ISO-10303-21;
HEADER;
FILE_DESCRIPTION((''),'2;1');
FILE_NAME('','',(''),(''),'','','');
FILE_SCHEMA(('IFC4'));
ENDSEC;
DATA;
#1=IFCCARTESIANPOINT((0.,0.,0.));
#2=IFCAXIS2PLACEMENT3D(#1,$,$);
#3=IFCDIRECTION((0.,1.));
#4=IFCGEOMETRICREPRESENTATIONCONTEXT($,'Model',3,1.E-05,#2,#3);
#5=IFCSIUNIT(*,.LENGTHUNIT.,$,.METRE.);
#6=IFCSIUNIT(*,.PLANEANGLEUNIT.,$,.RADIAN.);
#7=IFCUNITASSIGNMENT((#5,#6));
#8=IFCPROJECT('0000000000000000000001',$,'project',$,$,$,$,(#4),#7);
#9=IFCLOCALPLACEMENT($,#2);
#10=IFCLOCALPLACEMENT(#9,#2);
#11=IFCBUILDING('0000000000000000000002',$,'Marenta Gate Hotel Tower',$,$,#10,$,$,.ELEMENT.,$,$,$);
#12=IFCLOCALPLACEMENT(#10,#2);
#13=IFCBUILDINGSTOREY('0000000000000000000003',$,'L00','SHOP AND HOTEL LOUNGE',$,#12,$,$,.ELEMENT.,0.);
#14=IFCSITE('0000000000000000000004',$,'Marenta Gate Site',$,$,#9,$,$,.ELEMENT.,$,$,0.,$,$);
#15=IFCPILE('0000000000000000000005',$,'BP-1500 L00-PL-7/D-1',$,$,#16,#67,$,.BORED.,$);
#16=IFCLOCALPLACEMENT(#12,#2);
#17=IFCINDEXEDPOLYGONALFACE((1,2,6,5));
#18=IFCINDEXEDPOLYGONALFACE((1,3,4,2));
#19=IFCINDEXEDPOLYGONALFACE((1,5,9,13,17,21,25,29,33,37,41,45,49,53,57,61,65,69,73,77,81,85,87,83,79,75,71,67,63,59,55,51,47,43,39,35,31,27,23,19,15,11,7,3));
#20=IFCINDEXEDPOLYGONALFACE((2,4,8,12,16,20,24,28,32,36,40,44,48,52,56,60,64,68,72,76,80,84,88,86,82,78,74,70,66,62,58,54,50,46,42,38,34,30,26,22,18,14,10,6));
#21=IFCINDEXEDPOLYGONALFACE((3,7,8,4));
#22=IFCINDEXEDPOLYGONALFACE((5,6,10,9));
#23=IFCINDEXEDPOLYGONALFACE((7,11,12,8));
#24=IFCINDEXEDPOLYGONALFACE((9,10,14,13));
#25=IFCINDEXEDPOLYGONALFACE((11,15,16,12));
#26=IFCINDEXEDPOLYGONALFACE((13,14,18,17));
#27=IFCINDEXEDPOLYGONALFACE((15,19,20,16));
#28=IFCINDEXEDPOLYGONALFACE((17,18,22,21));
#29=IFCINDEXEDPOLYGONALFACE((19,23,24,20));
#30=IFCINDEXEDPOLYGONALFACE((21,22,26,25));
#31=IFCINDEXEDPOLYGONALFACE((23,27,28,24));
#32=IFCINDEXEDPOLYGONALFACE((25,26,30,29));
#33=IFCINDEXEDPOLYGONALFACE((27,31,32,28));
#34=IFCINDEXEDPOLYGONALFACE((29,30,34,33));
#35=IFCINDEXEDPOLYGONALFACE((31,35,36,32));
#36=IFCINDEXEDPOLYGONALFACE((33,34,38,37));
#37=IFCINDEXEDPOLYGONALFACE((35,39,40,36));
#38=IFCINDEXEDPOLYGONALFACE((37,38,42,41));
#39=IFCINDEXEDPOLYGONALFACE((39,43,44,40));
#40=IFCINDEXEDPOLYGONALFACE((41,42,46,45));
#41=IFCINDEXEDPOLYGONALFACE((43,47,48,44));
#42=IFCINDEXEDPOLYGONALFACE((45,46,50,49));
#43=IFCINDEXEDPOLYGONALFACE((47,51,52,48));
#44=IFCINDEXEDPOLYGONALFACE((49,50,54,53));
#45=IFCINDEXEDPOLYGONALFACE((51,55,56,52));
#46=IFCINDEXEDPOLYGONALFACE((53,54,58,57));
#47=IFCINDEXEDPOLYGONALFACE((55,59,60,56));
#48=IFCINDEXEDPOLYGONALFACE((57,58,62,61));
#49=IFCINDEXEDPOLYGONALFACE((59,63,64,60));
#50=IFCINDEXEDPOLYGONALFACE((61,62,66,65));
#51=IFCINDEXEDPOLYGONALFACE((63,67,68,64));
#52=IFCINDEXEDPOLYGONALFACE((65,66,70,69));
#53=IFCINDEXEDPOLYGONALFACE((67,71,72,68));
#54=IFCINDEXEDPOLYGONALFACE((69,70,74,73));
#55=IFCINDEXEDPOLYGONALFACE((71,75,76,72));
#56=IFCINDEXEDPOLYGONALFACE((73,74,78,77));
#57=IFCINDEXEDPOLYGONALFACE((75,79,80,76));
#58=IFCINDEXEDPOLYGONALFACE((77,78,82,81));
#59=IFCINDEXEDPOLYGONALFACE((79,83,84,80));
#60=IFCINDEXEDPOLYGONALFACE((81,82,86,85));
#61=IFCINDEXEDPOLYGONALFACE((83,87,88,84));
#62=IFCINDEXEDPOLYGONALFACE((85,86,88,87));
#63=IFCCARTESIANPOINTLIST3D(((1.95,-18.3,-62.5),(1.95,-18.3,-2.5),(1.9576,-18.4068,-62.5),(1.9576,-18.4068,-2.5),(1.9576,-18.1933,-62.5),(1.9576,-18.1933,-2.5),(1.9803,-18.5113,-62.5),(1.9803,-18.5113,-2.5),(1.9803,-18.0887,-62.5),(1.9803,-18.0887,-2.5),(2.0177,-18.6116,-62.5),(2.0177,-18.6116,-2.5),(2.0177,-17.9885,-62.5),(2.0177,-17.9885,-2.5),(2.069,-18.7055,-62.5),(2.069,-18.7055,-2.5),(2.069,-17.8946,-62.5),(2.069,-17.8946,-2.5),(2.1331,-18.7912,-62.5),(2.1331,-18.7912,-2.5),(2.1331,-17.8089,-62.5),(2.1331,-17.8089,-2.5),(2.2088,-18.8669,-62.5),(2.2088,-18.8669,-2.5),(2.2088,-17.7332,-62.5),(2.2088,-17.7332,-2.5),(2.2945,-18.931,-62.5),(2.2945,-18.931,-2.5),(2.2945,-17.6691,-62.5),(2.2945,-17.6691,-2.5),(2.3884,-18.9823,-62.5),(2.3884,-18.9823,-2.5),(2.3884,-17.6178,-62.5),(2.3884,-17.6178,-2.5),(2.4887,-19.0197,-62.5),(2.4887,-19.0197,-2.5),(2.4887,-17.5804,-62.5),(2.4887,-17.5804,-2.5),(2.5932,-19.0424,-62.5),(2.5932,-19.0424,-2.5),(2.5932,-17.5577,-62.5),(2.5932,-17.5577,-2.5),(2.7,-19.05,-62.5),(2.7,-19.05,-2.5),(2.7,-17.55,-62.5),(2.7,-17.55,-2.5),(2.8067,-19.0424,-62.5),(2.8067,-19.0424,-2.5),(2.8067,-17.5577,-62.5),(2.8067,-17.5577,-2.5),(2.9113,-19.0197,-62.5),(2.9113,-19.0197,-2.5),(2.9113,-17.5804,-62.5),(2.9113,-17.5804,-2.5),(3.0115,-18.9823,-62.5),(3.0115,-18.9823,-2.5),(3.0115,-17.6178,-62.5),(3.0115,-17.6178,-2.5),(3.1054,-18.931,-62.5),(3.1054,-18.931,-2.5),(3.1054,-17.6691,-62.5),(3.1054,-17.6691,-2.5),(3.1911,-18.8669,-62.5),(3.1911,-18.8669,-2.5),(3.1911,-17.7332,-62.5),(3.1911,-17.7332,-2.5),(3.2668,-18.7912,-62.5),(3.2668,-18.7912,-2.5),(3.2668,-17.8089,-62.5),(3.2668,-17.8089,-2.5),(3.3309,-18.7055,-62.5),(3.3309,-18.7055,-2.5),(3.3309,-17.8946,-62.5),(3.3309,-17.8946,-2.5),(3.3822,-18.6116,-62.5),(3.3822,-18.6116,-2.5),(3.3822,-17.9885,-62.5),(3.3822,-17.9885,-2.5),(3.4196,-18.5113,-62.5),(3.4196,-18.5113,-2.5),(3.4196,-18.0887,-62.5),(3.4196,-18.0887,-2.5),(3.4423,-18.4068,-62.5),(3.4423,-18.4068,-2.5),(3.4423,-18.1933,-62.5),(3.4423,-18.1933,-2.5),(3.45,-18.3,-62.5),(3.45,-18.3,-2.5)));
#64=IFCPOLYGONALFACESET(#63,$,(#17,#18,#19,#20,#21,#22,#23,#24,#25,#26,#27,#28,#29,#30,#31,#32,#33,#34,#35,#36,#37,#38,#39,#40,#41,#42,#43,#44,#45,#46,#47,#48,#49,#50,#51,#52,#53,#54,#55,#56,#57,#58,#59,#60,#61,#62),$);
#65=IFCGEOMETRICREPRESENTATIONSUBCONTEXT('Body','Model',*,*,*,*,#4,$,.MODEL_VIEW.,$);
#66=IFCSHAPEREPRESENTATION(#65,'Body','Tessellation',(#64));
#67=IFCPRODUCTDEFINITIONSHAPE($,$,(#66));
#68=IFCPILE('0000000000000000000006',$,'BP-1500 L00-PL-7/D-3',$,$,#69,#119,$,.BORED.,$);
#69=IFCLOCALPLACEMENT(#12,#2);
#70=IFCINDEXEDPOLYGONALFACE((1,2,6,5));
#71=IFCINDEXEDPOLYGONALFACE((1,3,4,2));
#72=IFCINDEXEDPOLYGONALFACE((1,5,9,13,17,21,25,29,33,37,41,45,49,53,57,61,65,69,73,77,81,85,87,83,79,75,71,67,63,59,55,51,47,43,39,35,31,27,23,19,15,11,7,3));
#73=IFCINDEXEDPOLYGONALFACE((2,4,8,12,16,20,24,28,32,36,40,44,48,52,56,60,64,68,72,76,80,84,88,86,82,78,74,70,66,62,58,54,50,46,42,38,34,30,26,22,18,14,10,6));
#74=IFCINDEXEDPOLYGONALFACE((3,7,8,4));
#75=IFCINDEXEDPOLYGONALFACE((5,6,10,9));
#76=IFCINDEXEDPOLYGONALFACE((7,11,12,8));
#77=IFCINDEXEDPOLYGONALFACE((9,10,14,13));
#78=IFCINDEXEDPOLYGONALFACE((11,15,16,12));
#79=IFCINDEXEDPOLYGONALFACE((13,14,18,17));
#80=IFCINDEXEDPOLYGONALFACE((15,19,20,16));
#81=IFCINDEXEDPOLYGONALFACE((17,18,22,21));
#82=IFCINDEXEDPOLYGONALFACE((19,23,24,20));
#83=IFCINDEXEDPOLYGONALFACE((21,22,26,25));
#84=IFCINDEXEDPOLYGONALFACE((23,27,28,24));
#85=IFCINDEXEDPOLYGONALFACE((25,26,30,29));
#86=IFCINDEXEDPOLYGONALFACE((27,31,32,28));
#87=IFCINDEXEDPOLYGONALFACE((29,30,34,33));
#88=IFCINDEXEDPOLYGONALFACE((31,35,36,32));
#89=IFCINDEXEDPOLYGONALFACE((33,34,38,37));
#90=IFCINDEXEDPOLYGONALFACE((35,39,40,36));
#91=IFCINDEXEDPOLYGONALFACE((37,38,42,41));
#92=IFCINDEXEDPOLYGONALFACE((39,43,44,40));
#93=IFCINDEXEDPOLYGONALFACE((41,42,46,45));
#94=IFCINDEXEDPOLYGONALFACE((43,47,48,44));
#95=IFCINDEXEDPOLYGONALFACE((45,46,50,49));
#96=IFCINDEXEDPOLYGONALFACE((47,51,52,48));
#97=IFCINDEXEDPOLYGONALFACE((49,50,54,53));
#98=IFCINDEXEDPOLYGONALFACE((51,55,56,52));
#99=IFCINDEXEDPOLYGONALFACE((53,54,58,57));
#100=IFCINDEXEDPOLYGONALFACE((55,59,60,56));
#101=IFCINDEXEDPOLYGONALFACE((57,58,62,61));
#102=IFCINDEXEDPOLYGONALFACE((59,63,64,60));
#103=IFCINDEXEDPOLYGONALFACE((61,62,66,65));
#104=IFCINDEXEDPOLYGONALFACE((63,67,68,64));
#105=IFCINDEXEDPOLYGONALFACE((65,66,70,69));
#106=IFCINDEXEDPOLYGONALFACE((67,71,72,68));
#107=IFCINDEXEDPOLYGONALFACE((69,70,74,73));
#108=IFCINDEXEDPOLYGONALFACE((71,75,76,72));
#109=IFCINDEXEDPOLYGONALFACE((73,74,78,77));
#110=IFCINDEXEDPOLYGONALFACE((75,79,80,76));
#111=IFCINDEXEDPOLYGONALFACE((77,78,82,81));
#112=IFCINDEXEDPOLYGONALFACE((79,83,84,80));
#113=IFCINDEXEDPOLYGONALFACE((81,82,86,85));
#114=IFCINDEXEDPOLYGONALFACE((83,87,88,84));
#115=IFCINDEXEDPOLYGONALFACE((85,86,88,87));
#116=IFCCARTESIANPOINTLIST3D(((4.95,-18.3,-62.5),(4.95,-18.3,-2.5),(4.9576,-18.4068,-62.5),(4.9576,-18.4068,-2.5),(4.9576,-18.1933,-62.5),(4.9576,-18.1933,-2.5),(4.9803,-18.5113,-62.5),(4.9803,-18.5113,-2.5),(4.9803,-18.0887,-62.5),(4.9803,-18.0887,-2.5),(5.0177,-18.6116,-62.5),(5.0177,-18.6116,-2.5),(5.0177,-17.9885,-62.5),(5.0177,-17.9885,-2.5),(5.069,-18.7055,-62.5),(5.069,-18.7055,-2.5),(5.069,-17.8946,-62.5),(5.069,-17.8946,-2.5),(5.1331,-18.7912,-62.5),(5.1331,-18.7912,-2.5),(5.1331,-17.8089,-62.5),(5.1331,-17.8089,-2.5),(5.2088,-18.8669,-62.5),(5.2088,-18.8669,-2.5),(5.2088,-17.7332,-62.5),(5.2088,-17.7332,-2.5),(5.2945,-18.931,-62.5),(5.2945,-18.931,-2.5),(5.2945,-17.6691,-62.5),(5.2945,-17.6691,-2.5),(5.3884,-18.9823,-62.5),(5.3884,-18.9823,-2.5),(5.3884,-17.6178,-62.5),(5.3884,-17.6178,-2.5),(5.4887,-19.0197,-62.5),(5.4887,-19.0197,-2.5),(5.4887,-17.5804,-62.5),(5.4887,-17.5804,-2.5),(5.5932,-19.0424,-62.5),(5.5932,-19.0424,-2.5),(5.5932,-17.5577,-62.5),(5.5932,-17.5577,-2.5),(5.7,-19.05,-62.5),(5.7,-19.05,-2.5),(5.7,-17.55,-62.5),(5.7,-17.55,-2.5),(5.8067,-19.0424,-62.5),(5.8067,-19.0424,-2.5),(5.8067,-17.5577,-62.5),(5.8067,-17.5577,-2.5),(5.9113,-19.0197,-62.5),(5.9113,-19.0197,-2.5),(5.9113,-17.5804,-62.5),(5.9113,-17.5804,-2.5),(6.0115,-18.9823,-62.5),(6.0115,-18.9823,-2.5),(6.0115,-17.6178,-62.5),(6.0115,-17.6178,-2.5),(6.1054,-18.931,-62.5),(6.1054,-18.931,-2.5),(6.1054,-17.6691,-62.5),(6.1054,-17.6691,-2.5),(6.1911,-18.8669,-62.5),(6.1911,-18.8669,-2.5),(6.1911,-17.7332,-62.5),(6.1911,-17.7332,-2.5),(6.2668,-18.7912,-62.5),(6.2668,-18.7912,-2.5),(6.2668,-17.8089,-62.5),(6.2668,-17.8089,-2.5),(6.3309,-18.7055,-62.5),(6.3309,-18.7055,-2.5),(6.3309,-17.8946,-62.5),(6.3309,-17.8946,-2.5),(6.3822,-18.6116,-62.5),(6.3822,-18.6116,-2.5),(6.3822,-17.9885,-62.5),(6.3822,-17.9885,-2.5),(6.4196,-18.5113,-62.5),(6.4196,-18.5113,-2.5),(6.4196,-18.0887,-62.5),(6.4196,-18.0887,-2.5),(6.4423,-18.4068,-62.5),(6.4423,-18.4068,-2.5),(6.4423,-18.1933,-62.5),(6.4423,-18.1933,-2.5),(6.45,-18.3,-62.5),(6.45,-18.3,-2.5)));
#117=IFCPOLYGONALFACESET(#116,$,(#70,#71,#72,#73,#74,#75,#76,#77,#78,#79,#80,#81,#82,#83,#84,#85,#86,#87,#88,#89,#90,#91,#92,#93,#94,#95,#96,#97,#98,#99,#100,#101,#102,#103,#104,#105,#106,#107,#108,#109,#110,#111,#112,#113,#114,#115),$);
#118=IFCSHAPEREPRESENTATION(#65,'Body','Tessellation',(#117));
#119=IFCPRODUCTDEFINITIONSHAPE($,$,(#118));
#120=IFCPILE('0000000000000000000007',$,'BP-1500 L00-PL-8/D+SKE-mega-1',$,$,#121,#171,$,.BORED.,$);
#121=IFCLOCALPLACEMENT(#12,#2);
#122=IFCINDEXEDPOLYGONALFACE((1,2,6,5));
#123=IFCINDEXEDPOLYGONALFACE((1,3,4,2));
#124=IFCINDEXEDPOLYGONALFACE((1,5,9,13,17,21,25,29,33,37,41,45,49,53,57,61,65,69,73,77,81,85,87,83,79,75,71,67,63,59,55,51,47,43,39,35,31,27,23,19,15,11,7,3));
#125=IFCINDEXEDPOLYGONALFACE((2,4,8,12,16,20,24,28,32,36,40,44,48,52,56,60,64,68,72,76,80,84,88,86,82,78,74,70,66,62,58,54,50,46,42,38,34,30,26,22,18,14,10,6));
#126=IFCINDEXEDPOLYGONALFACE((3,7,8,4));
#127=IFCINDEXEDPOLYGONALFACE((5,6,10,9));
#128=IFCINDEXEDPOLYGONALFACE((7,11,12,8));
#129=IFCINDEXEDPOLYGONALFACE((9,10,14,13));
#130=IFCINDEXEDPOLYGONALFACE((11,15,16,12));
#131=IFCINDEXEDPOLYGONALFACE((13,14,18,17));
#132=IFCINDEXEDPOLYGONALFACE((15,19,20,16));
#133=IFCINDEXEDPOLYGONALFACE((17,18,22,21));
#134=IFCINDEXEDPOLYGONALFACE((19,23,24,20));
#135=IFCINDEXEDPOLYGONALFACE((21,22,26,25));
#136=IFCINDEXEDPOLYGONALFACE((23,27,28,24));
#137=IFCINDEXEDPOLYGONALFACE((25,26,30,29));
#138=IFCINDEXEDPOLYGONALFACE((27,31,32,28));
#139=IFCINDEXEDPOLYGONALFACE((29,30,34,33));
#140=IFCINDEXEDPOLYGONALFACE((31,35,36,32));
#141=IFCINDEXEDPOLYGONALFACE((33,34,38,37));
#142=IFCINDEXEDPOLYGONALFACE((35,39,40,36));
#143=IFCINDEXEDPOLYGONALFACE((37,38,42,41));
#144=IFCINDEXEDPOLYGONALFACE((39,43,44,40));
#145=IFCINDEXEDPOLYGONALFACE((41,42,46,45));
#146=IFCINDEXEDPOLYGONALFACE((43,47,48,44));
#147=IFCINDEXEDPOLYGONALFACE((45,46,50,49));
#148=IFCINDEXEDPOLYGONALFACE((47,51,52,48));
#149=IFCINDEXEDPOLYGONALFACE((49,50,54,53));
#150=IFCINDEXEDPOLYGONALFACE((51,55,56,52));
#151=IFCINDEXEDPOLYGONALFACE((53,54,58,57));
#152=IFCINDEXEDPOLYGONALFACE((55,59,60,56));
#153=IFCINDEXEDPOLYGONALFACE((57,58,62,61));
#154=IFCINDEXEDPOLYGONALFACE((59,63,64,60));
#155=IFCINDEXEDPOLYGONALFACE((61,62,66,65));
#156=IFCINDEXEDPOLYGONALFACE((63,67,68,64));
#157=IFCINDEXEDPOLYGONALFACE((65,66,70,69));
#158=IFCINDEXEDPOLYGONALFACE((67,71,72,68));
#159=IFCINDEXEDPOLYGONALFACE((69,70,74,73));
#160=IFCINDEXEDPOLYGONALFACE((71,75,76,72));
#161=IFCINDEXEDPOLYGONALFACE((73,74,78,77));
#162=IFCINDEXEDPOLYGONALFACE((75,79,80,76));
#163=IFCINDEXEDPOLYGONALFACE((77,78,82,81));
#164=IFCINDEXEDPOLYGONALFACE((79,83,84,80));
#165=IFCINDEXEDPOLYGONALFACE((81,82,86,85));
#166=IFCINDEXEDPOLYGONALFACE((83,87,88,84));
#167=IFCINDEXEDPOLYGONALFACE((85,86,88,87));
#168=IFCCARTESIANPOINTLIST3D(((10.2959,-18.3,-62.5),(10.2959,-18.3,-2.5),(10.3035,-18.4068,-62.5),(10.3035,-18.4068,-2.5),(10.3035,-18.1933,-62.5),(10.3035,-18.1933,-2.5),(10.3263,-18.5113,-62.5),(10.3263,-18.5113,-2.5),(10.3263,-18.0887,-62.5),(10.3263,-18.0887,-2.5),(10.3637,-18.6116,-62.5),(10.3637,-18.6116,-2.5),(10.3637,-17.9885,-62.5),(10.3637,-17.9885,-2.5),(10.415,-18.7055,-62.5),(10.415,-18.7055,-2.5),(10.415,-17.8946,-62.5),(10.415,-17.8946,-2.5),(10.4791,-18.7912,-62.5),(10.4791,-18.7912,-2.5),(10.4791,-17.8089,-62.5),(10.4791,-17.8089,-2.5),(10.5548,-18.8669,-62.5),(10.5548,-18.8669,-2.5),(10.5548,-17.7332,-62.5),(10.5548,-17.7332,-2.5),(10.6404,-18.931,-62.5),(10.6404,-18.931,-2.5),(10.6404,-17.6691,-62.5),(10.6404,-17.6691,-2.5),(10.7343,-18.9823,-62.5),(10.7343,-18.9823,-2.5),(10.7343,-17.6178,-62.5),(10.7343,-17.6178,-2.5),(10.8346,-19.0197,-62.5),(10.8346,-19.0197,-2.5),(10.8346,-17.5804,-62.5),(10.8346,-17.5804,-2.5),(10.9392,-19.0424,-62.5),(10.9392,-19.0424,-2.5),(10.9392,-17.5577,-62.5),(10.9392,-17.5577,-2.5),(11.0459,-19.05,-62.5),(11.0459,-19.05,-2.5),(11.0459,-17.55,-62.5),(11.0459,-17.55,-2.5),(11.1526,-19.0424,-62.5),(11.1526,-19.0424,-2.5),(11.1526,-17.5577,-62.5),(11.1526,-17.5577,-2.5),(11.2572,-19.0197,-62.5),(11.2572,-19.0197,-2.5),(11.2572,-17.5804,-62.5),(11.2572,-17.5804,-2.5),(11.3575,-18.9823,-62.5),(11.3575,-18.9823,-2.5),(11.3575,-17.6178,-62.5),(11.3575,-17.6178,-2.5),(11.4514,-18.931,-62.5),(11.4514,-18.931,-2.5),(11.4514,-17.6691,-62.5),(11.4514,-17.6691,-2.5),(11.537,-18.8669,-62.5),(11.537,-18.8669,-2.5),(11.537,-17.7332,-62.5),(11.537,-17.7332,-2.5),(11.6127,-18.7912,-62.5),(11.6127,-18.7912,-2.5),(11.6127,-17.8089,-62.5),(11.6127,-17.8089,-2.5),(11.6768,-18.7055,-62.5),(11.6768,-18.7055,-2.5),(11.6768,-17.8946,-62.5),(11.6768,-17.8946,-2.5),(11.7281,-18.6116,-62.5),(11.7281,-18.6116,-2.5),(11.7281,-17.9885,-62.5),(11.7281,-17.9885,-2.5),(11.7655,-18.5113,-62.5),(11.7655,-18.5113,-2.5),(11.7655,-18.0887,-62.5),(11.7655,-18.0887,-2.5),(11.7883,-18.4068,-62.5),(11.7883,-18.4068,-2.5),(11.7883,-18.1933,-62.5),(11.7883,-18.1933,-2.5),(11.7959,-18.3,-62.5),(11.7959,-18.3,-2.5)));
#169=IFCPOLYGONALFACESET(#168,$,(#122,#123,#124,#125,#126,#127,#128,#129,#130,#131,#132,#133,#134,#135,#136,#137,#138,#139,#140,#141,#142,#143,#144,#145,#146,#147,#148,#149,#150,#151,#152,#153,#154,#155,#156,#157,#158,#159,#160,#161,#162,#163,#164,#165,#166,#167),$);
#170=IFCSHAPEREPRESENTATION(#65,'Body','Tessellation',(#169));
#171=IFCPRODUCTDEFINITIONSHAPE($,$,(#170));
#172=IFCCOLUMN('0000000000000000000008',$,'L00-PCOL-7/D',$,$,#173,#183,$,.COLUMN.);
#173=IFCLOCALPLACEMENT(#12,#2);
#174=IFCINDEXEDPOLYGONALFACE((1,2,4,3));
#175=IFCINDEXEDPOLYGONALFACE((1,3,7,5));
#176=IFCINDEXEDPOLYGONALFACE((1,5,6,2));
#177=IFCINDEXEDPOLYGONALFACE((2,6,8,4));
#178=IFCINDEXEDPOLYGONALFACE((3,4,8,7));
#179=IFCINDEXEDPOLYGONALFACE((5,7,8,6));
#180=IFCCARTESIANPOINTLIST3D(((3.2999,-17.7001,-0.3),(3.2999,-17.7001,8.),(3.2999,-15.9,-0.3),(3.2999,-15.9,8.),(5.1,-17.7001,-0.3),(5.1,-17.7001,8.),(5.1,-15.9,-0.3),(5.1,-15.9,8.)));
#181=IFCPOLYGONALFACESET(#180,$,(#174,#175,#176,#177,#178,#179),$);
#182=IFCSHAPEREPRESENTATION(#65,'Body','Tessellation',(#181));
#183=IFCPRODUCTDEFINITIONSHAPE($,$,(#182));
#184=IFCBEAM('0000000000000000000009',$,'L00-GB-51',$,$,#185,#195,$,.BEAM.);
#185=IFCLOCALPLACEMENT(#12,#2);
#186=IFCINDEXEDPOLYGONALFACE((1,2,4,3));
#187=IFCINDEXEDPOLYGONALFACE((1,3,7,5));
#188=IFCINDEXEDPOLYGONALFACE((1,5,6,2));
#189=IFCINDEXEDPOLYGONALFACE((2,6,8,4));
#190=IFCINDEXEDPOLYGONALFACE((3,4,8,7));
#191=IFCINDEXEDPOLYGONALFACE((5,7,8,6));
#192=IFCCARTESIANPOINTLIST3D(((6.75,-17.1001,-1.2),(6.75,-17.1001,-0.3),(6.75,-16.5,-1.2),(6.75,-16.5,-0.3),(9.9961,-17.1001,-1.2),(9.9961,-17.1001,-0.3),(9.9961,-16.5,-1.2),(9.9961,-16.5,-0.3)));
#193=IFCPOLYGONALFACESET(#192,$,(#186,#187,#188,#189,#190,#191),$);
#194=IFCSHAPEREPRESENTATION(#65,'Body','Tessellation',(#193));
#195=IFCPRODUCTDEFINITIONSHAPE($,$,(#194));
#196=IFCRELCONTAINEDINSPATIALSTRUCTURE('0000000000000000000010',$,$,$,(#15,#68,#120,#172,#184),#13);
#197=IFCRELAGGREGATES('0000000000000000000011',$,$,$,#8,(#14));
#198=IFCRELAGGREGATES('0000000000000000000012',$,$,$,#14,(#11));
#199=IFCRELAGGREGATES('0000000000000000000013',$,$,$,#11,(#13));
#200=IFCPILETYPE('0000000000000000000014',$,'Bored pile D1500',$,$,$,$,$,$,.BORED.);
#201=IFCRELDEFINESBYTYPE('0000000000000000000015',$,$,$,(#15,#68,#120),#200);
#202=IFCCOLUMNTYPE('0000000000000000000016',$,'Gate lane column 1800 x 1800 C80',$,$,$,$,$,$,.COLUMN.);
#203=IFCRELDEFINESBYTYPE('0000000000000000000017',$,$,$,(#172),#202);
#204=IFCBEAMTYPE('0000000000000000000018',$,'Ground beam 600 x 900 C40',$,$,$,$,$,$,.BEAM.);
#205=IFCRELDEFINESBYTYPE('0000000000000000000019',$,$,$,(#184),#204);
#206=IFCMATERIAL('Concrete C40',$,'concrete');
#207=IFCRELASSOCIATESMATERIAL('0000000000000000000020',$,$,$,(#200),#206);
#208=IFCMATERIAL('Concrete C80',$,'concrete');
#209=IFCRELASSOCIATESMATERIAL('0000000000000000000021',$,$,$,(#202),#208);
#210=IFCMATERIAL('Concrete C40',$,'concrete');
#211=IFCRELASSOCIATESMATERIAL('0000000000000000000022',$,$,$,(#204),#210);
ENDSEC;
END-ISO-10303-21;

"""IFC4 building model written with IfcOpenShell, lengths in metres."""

from ifc_helpers import new_model, si_unit, direction, frame, origin, origin_2d, place, context, subcontext, project, spatial, rectangle, circle, extrude, material, material_profile, profile_set, type_object, element, save


model = new_model("IFC4")

# Units and contexts
model_context = context("Model", 3, precision=1e-05, world=origin(), true_north=direction((0.0, 1.0)))
body_context = subcontext(model_context, "Body", "Model", "MODEL_VIEW")
ifc_project = project(units=[si_unit("LENGTHUNIT", "METRE"), si_unit("PLANEANGLEUNIT", "RADIAN")], contexts=[model_context])

# Site, building, storey
site_placement = place(None, origin())
site = spatial("IfcSite", under=ifc_project, at=site_placement, Name="Marenta Gate Site", CompositionType="ELEMENT", RefElevation=0.0)
building_placement = place(site_placement, origin())
building = spatial("IfcBuilding", under=site, at=building_placement, Name="Marenta Gate Hotel Tower", CompositionType="ELEMENT")
storey_placement = place(building_placement, origin())
storey = spatial("IfcBuildingStorey", under=building, at=storey_placement, Name="L00", Description="SHOP AND HOTEL LOUNGE", CompositionType="ELEMENT", Elevation=0.0)

# Piles
ifc_material_1 = material(Name="Concrete C40", Category="concrete")
pile_type = type_object("IfcPileType", Name="Bored pile D1500", PredefinedType="BORED", material=ifc_material_1)
for number, where, z_axis, x_axis, name in (
    (1, (2.7, -18.3, -2.5), (0.0, 0.0, -1.0), (1.0, 0.0, 0.0), "BP-1500 L00-PL-7/D-1"),
    (2, (5.7, -18.3, -2.5), (0.0, 0.0, -1.0), (1.0, 0.0, 0.0), "BP-1500 L00-PL-7/D-3"),
    (3, (11.0459, -18.3, -2.5), (0.0, 0.0, -1.0), (1.0, 0.0, 0.0), "BP-1500 L00-PL-8/D+SKE-mega-1"),
):
    element("IfcPile", number, at=place(storey_placement, frame(where, z_axis=z_axis, x_axis=x_axis)), inside=storey, type_object=pile_type, Name=name, PredefinedType="BORED", context=body_context, shape_type="SweptSolid", body=[
        extrude(circle(Radius=0.75, at=origin_2d()), origin(), (0.0, 0.0, 1.0), 60.0),
    ])

# Column
ifc_material_2 = material(Name="Concrete C80", Category="concrete")
ifc_material_profile_1 = material_profile(ifc_material_2, rectangle(XDim=1.8, YDim=1.8, at=origin_2d()), Name="1800 x 1800")
ifc_profile_set_1 = profile_set([ifc_material_profile_1], Name="Concrete C80")
column_type = type_object("IfcColumnType", Name="Gate lane column 1800 x 1800 C80", PredefinedType="COLUMN", material=ifc_profile_set_1)
column_placement = place(storey_placement, frame((4.2, -16.8, -0.3), z_axis=(0.0, 0.0, 1.0), x_axis=(1.0, 0.0, 0.0)))
element("IfcColumn", 4, at=column_placement, inside=storey, type_object=column_type, Name="L00-PCOL-7/D", PredefinedType="COLUMN", context=body_context, shape_type="SweptSolid", body=[
    extrude(rectangle(XDim=1.8, YDim=1.8, at=origin_2d()), origin(), (0.0, 0.0, 1.0), 8.3),
])

# Beam
ifc_material_3 = material(Name="Concrete C40", Category="concrete")
ifc_material_profile_2 = material_profile(ifc_material_3, rectangle(XDim=0.6001, YDim=0.8999, at=origin_2d()), Name="600 x 900")
ifc_profile_set_2 = profile_set([ifc_material_profile_2], Name="Concrete C40")
beam_type = type_object("IfcBeamType", Name="Ground beam 600 x 900 C40", PredefinedType="BEAM", material=ifc_profile_set_2)
beam_placement = place(storey_placement, frame((6.75, -16.8, -0.75), z_axis=(1.0, 0.0, 0.0), x_axis=(0.0, 1.0, 0.0)))
element("IfcBeam", 5, at=beam_placement, inside=storey, type_object=beam_type, Name="L00-GB-51", PredefinedType="BEAM", context=body_context, shape_type="SweptSolid", body=[
    extrude(rectangle(XDim=0.6001, YDim=0.8999, at=origin_2d()), origin(), (0.0, 0.0, 1.0), 3.2461),
])

save(model, "model.ifc")
